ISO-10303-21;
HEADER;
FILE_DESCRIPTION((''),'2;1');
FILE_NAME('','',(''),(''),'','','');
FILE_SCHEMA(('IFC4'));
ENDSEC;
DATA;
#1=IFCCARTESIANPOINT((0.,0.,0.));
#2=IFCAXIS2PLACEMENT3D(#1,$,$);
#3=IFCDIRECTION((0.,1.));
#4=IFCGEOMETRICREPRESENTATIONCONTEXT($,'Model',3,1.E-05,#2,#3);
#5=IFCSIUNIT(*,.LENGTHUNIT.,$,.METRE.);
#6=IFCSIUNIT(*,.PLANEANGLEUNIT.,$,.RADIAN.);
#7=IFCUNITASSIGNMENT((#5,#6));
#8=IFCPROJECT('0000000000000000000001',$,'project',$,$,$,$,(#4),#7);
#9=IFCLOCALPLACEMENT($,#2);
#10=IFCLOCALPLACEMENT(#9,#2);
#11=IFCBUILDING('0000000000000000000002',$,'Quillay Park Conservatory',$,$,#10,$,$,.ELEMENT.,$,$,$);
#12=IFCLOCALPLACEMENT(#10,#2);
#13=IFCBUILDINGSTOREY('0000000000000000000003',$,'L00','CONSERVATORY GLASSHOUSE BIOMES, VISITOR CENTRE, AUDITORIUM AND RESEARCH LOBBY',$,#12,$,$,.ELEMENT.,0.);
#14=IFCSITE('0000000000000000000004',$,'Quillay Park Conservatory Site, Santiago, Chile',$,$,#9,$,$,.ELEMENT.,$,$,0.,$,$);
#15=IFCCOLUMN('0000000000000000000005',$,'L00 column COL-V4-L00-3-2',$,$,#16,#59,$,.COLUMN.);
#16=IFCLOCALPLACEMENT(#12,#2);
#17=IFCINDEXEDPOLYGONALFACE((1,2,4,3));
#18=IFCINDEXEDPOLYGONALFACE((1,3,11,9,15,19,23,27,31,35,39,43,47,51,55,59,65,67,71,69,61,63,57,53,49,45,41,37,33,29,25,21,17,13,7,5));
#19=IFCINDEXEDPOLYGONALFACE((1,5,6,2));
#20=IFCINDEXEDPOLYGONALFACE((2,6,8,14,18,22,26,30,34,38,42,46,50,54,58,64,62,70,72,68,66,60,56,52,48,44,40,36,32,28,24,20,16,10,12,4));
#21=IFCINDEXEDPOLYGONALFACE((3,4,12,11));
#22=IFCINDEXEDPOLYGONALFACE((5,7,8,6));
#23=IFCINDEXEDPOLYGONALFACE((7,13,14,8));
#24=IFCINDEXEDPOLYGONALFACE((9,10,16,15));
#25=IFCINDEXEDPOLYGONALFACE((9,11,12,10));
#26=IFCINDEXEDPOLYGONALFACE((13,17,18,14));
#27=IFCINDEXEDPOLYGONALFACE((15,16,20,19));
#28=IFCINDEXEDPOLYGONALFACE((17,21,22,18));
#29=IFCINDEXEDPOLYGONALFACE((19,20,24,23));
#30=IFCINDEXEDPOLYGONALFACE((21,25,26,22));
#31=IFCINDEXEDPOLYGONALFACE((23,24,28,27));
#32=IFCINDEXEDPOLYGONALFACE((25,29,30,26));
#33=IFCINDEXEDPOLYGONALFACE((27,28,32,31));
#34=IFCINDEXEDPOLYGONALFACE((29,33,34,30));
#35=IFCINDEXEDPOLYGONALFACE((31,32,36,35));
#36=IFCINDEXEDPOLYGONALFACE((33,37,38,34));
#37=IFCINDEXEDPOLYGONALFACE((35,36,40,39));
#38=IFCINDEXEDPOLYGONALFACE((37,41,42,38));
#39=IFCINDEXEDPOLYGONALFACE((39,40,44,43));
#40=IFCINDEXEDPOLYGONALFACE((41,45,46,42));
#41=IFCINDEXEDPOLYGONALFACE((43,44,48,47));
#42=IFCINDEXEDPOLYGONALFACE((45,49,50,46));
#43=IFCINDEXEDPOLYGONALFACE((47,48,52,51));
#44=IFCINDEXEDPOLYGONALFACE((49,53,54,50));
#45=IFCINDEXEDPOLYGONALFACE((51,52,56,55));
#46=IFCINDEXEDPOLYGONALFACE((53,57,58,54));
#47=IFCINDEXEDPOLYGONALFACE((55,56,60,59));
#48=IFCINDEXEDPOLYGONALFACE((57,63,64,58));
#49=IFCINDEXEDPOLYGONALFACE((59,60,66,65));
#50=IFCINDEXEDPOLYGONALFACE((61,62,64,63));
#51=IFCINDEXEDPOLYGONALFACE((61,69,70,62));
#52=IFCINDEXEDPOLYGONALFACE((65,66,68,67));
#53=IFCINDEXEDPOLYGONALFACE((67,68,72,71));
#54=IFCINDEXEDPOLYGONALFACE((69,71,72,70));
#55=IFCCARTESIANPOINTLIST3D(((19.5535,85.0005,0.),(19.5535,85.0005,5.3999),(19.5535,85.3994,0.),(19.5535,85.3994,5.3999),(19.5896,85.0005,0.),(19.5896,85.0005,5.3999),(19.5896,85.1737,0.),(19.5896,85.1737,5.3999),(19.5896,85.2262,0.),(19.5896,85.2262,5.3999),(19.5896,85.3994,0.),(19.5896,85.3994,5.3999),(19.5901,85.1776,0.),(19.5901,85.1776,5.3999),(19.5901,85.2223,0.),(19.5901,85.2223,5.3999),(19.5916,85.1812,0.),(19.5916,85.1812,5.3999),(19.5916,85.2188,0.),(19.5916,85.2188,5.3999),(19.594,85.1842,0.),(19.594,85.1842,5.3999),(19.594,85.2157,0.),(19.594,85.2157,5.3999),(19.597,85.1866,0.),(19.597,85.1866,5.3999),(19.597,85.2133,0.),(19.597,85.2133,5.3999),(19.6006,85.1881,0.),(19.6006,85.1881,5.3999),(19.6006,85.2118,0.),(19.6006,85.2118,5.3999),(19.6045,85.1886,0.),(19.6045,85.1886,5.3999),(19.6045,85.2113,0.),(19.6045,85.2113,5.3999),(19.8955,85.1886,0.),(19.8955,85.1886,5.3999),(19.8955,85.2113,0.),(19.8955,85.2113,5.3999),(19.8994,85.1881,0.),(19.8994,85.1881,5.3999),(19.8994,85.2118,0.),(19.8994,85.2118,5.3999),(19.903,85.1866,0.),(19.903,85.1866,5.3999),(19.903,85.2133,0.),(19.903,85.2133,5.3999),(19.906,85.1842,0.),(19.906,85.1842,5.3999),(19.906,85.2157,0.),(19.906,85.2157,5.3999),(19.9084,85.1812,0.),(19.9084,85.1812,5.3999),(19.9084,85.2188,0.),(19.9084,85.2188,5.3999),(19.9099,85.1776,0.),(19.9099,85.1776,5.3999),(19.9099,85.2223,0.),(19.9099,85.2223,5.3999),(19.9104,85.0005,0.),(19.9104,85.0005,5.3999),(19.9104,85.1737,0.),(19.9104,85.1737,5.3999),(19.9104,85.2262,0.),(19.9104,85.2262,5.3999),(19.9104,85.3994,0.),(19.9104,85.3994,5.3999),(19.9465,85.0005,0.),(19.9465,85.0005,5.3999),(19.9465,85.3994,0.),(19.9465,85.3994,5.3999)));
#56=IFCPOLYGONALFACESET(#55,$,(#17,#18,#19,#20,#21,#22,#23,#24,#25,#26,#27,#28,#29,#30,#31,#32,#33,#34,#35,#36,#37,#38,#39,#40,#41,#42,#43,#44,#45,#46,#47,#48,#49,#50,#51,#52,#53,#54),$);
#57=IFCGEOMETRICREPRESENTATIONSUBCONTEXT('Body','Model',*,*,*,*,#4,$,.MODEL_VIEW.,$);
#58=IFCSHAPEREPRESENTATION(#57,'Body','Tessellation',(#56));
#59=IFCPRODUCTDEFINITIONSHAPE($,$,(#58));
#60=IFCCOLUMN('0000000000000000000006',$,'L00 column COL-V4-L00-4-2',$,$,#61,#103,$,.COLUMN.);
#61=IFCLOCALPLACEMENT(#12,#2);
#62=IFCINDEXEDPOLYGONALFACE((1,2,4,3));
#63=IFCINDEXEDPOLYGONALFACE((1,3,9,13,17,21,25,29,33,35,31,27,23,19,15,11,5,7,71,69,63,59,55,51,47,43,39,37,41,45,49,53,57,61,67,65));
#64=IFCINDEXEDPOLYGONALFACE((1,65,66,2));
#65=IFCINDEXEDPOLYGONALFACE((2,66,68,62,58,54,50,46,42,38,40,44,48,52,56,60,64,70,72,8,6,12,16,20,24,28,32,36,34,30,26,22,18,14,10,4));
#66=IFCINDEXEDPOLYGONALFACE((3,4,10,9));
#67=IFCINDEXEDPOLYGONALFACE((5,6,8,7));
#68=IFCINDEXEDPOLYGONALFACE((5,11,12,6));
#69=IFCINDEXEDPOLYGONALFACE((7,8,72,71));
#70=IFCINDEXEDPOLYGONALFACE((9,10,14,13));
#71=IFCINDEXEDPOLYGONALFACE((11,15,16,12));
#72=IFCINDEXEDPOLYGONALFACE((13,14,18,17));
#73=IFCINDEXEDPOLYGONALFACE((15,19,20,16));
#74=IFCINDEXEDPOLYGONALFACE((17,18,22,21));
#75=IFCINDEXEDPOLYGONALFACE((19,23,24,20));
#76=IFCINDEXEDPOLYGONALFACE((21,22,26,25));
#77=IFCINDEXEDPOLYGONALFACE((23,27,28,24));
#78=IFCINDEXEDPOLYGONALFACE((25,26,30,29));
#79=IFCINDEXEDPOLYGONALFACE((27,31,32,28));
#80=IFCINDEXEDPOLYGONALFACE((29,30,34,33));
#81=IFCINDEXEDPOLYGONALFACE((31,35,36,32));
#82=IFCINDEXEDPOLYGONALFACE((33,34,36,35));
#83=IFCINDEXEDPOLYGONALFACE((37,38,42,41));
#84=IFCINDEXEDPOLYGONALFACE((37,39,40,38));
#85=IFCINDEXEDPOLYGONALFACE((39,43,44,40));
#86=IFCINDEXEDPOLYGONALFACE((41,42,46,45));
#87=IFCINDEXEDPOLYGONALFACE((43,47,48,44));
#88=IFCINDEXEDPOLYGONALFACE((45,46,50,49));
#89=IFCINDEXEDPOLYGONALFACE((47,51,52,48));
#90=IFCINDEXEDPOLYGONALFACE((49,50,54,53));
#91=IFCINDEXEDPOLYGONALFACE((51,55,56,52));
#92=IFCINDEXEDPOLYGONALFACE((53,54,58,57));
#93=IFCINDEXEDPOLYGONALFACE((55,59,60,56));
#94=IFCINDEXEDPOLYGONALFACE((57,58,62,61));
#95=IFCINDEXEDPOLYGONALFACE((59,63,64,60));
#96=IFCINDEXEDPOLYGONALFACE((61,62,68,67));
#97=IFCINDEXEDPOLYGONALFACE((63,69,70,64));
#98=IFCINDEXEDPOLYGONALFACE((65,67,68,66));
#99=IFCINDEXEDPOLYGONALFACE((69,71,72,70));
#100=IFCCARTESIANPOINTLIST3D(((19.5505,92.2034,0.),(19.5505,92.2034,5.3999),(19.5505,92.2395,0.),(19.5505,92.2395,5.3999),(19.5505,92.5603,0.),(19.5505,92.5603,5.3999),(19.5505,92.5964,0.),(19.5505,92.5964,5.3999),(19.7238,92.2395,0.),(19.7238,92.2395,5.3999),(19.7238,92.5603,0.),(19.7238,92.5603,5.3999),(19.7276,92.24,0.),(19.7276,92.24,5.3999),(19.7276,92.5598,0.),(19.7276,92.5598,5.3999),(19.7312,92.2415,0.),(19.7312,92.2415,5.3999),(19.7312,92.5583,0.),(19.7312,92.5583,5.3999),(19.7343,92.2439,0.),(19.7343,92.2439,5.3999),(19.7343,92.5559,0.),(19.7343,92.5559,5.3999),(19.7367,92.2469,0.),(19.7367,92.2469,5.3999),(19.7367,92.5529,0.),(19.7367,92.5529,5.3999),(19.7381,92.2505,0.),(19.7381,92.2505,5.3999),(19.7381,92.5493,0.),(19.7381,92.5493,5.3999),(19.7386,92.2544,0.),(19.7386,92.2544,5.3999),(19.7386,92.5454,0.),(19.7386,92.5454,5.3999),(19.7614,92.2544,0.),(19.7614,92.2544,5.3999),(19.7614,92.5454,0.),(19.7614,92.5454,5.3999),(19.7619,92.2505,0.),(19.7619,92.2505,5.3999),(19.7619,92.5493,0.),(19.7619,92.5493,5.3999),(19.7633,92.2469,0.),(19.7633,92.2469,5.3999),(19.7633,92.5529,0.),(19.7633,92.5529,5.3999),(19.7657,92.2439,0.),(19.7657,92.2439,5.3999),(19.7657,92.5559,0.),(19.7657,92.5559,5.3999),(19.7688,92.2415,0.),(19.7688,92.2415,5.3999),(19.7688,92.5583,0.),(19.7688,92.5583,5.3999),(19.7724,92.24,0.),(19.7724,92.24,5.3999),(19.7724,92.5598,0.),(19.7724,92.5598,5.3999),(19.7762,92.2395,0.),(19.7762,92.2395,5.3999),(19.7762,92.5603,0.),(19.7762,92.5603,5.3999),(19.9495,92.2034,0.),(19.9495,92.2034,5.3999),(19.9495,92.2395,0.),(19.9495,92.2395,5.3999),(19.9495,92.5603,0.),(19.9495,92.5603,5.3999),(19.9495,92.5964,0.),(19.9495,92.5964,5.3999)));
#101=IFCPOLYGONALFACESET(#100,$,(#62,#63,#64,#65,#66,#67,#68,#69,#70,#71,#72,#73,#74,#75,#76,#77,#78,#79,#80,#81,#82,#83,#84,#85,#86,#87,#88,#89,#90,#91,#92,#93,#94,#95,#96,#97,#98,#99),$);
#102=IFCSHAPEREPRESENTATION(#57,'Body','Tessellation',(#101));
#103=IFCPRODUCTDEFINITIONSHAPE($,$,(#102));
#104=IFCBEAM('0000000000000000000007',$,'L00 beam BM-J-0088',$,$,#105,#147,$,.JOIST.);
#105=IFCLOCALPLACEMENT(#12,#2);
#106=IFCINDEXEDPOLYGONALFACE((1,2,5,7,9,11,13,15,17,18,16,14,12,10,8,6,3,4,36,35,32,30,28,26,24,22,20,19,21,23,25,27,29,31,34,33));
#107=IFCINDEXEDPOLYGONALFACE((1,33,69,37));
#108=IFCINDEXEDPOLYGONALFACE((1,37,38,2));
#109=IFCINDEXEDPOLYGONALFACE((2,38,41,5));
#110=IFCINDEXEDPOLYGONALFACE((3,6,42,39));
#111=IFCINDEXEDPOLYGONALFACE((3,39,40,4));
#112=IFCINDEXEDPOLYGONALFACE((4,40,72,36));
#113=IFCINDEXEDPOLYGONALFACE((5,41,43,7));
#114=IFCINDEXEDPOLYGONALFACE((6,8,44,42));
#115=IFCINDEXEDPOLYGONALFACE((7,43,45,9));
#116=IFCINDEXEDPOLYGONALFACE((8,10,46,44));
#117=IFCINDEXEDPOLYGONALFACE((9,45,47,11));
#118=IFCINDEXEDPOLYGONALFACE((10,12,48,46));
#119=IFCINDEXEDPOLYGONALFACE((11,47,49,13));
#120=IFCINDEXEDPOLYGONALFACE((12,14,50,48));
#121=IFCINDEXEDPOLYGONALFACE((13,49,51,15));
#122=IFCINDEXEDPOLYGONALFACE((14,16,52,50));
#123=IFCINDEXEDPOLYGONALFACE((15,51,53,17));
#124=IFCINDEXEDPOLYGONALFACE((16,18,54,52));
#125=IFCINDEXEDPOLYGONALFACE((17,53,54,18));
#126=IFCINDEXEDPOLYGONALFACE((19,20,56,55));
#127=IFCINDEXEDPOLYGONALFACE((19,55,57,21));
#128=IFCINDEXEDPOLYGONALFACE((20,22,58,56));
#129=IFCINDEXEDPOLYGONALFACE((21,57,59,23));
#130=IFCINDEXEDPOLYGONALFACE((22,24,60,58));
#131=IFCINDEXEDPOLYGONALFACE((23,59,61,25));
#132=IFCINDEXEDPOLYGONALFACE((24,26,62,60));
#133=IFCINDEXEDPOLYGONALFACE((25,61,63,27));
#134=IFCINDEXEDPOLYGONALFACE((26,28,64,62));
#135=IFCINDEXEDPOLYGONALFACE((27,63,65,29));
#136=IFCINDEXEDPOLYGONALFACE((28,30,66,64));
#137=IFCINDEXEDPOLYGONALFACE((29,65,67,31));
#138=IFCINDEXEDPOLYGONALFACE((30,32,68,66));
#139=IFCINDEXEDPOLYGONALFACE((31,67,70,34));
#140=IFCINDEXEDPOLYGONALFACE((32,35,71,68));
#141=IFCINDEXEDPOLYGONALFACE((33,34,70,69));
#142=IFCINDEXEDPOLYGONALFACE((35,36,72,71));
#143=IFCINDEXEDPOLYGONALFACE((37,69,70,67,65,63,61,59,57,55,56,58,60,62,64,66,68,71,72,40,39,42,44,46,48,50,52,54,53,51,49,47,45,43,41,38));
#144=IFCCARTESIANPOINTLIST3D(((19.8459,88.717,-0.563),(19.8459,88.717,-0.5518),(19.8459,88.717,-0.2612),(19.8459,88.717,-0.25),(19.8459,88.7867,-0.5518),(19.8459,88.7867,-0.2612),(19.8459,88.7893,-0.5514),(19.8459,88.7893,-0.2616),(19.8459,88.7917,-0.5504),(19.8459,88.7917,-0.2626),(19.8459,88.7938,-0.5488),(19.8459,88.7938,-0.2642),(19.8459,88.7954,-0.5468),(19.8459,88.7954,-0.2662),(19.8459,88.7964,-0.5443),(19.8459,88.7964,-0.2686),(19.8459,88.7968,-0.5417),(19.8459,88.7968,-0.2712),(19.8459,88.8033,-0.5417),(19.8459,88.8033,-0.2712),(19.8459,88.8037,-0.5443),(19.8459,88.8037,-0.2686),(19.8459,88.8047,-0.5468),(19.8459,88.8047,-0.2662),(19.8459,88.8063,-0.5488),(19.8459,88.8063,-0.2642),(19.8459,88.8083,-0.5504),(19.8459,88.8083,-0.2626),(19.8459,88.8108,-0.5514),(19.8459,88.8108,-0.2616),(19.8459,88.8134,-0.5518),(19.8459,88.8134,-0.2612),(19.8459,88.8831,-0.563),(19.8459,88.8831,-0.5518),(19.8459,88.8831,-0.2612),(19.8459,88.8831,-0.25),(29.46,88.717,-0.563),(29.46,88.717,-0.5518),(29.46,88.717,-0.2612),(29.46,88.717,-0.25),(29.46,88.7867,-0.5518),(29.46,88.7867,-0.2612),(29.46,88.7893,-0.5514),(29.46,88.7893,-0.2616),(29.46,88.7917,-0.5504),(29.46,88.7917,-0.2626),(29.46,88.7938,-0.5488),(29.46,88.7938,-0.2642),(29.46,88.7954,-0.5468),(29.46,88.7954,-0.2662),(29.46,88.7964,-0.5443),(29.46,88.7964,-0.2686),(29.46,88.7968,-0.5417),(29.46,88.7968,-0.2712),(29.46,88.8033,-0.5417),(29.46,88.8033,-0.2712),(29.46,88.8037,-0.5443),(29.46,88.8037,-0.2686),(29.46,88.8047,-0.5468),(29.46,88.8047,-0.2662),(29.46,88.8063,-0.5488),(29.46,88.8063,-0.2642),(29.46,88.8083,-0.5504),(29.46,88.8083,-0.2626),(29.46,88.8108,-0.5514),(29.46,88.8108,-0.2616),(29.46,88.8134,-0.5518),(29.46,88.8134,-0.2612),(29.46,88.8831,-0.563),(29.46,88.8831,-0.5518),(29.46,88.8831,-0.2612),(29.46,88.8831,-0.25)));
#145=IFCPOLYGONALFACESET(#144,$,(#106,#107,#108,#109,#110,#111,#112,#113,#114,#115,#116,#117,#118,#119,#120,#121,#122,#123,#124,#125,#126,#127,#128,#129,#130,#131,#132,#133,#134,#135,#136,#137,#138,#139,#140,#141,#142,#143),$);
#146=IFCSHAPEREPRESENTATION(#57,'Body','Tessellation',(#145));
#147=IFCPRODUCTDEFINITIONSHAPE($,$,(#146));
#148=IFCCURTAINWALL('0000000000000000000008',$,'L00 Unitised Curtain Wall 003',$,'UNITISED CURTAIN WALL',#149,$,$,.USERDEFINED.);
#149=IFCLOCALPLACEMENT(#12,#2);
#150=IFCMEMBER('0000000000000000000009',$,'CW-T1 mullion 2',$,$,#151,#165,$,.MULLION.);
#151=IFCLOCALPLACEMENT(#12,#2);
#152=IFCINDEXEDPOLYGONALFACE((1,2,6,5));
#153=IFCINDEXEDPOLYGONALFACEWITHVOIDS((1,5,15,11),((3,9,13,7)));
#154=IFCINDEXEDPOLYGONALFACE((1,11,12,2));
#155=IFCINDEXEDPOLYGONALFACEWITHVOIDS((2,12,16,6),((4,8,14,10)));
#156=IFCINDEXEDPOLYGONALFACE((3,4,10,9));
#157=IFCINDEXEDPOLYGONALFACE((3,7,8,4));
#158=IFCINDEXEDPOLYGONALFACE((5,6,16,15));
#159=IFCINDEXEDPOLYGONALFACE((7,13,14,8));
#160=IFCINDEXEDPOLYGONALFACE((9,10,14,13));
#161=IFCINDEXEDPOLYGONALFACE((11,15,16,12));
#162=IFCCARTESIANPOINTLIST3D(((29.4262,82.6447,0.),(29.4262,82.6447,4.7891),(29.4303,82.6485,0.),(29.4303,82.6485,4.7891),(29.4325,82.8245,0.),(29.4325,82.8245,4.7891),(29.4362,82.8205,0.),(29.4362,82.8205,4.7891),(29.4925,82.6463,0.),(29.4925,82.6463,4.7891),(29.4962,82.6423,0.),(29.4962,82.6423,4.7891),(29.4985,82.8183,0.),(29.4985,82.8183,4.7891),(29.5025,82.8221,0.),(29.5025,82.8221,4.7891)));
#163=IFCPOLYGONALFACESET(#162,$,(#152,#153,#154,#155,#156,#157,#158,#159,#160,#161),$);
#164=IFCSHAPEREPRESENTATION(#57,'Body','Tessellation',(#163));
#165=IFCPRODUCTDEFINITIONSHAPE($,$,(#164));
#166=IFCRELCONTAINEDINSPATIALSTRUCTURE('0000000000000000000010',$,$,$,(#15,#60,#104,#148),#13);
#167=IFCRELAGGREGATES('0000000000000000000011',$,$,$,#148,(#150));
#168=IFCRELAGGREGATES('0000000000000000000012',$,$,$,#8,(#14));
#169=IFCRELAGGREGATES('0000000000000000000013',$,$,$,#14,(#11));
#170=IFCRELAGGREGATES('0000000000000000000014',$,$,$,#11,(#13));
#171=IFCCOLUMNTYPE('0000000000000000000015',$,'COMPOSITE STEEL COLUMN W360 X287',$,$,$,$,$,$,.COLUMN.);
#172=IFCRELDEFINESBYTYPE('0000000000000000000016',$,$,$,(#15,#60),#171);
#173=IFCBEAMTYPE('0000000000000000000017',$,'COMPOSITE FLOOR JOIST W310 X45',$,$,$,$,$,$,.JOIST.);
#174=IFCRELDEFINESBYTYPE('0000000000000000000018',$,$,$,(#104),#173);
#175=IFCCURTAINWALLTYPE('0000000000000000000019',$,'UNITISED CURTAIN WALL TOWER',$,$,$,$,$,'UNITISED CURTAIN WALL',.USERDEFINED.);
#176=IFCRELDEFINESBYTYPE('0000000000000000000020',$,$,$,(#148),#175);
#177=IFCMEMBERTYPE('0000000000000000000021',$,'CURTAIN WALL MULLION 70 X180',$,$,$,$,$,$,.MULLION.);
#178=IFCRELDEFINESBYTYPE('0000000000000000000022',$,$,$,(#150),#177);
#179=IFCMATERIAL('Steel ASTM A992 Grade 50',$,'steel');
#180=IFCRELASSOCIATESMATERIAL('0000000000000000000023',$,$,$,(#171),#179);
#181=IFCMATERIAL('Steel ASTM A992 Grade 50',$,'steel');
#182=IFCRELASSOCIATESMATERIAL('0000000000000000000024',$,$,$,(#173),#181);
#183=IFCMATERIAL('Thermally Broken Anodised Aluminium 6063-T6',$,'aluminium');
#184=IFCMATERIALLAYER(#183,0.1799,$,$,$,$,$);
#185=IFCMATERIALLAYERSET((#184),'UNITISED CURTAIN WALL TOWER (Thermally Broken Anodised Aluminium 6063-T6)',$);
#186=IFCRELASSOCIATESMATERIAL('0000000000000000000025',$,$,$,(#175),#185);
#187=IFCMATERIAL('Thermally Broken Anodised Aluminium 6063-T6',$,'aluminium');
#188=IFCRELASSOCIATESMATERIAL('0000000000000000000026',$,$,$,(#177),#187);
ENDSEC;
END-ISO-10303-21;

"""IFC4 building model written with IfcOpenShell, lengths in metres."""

from ifc_helpers import new_model, si_unit, direction, frame, origin, origin_2d, place, context, subcontext, project, spatial, hollow_rectangle, i_section, extrude, material, layer, layer_set, material_profile, profile_set, type_object, element, aggregate, save


model = new_model("IFC4")

# Units and contexts
model_context = context("Model", 3, precision=1e-05, world=origin(), true_north=direction((0.0, 1.0)))
body_context = subcontext(model_context, "Body", "Model", "MODEL_VIEW")
ifc_project = project(units=[si_unit("LENGTHUNIT", "METRE"), si_unit("PLANEANGLEUNIT", "RADIAN")], contexts=[model_context])

# Site, building, storey
site_placement = place(None, origin())
site = spatial("IfcSite", under=ifc_project, at=site_placement, Name="Quillay Park Conservatory Site, Santiago, Chile", CompositionType="ELEMENT", RefElevation=0.0)
building_placement = place(site_placement, origin())
building = spatial("IfcBuilding", under=site, at=building_placement, Name="Quillay Park Conservatory", CompositionType="ELEMENT")
storey_placement = place(building_placement, origin())
storey = spatial("IfcBuildingStorey", under=building, at=storey_placement, Name="L00", Description="CONSERVATORY GLASSHOUSE BIOMES, VISITOR CENTRE, AUDITORIUM AND RESEARCH LOBBY", CompositionType="ELEMENT", Elevation=0.0)

# Columns
ifc_material_1 = material(Name="Steel ASTM A992 Grade 50", Category="steel")
ifc_material_profile_1 = material_profile(ifc_material_1, i_section(OverallWidth=0.3989, OverallDepth=0.3931, WebThickness=0.0227, FlangeThickness=0.0361, FilletRadius=0.0149, at=origin_2d()), Name="W360x287")
ifc_profile_set_1 = profile_set([ifc_material_profile_1], Name="Steel ASTM A992 Grade 50")
column_type = type_object("IfcColumnType", Name="COMPOSITE STEEL COLUMN W360 X287", PredefinedType="COLUMN", material=ifc_profile_set_1)
for number, where, z_axis, x_axis, name in (
    (1, (19.75, 85.2, 0.0), (0.0, 0.0, 1.0), (0.0, 1.0, 0.0), "L00 column COL-V4-L00-3-2"),
    (2, (19.75, 92.3999, 0.0), (0.0, 0.0, 1.0), (1.0, 0.0, 0.0), "L00 column COL-V4-L00-4-2"),
):
    element("IfcColumn", number, at=place(storey_placement, frame(where, z_axis=z_axis, x_axis=x_axis)), inside=storey, type_object=column_type, Name=name, PredefinedType="COLUMN", context=body_context, shape_type="SweptSolid", body=[
        extrude(i_section(OverallWidth=0.3989, OverallDepth=0.3931, WebThickness=0.0227, FlangeThickness=0.0361, FilletRadius=0.0149, at=origin_2d()), origin(), (0.0, 0.0, 1.0), 5.3999),
    ])

# Beam
ifc_material_2 = material(Name="Steel ASTM A992 Grade 50", Category="steel")
ifc_material_profile_2 = material_profile(ifc_material_2, i_section(OverallWidth=0.166, OverallDepth=0.313, WebThickness=0.0066, FlangeThickness=0.0112, FilletRadius=0.01, at=origin_2d()), Name="W310x45")
ifc_profile_set_2 = profile_set([ifc_material_profile_2], Name="Steel ASTM A992 Grade 50")
beam_type_1 = type_object("IfcBeamType", Name="COMPOSITE FLOOR JOIST W310 X45", PredefinedType="JOIST", material=ifc_profile_set_2)
beam_1_placement = place(storey_placement, frame((19.8459, 88.8, -0.4065), z_axis=(1.0, 0.0, 0.0), x_axis=(0.0, 1.0, 0.0)))
element("IfcBeam", 3, at=beam_1_placement, inside=storey, type_object=beam_type_1, Name="L00 beam BM-J-0088", PredefinedType="JOIST", context=body_context, shape_type="SweptSolid", body=[
    extrude(i_section(OverallWidth=0.166, OverallDepth=0.313, WebThickness=0.0066, FlangeThickness=0.0112, FilletRadius=0.01, at=origin_2d()), origin(), (0.0, 0.0, 1.0), 9.614),
])

# Curtain wall, member
ifc_material_3 = material(Name="Thermally Broken Anodised Aluminium 6063-T6", Category="aluminium")
ifc_layer_1 = layer(ifc_material_3, 0.1799)
ifc_layer_set_1 = layer_set([ifc_layer_1], Name="UNITISED CURTAIN WALL TOWER (Thermally Broken Anodised Aluminium 6063-T6)")
curtain_wall_type = type_object("IfcCurtainWallType", Name="UNITISED CURTAIN WALL TOWER", ElementType="UNITISED CURTAIN WALL", PredefinedType="USERDEFINED", material=ifc_layer_set_1)
curtain_wall_placement = place(storey_placement, origin())
curtain_wall = element("IfcCurtainWall", 4, at=curtain_wall_placement, inside=storey, type_object=curtain_wall_type, Name="L00 Unitised Curtain Wall 003", ObjectType="UNITISED CURTAIN WALL", PredefinedType="USERDEFINED")
ifc_material_4 = material(Name="Thermally Broken Anodised Aluminium 6063-T6", Category="aluminium")
ifc_material_profile_3 = material_profile(ifc_material_4, hollow_rectangle(XDim=0.0701, YDim=0.1799, WallThickness=0.0039, at=origin_2d()), Name="AL70x180x4")
ifc_profile_set_3 = profile_set([ifc_material_profile_3], Name="Thermally Broken Anodised Aluminium 6063-T6")
member_type = type_object("IfcMemberType", Name="CURTAIN WALL MULLION 70 X180", PredefinedType="MULLION", material=ifc_profile_set_3)
member_placement = place(storey_placement, frame((29.4644, 82.7334, 0.0), z_axis=(0.0, 0.0, 1.0), x_axis=(0.999397, -0.034713, 0.0)))
member = element("IfcMember", 5, at=member_placement, type_object=member_type, Name="CW-T1 mullion 2", PredefinedType="MULLION", context=body_context, shape_type="SweptSolid", body=[
    extrude(hollow_rectangle(XDim=0.0701, YDim=0.1799, WallThickness=0.0039, at=origin_2d()), origin(), (0.0, 0.0, 1.0), 4.7891),
])

aggregate(curtain_wall, [member])

save(model, "model.ifc")
